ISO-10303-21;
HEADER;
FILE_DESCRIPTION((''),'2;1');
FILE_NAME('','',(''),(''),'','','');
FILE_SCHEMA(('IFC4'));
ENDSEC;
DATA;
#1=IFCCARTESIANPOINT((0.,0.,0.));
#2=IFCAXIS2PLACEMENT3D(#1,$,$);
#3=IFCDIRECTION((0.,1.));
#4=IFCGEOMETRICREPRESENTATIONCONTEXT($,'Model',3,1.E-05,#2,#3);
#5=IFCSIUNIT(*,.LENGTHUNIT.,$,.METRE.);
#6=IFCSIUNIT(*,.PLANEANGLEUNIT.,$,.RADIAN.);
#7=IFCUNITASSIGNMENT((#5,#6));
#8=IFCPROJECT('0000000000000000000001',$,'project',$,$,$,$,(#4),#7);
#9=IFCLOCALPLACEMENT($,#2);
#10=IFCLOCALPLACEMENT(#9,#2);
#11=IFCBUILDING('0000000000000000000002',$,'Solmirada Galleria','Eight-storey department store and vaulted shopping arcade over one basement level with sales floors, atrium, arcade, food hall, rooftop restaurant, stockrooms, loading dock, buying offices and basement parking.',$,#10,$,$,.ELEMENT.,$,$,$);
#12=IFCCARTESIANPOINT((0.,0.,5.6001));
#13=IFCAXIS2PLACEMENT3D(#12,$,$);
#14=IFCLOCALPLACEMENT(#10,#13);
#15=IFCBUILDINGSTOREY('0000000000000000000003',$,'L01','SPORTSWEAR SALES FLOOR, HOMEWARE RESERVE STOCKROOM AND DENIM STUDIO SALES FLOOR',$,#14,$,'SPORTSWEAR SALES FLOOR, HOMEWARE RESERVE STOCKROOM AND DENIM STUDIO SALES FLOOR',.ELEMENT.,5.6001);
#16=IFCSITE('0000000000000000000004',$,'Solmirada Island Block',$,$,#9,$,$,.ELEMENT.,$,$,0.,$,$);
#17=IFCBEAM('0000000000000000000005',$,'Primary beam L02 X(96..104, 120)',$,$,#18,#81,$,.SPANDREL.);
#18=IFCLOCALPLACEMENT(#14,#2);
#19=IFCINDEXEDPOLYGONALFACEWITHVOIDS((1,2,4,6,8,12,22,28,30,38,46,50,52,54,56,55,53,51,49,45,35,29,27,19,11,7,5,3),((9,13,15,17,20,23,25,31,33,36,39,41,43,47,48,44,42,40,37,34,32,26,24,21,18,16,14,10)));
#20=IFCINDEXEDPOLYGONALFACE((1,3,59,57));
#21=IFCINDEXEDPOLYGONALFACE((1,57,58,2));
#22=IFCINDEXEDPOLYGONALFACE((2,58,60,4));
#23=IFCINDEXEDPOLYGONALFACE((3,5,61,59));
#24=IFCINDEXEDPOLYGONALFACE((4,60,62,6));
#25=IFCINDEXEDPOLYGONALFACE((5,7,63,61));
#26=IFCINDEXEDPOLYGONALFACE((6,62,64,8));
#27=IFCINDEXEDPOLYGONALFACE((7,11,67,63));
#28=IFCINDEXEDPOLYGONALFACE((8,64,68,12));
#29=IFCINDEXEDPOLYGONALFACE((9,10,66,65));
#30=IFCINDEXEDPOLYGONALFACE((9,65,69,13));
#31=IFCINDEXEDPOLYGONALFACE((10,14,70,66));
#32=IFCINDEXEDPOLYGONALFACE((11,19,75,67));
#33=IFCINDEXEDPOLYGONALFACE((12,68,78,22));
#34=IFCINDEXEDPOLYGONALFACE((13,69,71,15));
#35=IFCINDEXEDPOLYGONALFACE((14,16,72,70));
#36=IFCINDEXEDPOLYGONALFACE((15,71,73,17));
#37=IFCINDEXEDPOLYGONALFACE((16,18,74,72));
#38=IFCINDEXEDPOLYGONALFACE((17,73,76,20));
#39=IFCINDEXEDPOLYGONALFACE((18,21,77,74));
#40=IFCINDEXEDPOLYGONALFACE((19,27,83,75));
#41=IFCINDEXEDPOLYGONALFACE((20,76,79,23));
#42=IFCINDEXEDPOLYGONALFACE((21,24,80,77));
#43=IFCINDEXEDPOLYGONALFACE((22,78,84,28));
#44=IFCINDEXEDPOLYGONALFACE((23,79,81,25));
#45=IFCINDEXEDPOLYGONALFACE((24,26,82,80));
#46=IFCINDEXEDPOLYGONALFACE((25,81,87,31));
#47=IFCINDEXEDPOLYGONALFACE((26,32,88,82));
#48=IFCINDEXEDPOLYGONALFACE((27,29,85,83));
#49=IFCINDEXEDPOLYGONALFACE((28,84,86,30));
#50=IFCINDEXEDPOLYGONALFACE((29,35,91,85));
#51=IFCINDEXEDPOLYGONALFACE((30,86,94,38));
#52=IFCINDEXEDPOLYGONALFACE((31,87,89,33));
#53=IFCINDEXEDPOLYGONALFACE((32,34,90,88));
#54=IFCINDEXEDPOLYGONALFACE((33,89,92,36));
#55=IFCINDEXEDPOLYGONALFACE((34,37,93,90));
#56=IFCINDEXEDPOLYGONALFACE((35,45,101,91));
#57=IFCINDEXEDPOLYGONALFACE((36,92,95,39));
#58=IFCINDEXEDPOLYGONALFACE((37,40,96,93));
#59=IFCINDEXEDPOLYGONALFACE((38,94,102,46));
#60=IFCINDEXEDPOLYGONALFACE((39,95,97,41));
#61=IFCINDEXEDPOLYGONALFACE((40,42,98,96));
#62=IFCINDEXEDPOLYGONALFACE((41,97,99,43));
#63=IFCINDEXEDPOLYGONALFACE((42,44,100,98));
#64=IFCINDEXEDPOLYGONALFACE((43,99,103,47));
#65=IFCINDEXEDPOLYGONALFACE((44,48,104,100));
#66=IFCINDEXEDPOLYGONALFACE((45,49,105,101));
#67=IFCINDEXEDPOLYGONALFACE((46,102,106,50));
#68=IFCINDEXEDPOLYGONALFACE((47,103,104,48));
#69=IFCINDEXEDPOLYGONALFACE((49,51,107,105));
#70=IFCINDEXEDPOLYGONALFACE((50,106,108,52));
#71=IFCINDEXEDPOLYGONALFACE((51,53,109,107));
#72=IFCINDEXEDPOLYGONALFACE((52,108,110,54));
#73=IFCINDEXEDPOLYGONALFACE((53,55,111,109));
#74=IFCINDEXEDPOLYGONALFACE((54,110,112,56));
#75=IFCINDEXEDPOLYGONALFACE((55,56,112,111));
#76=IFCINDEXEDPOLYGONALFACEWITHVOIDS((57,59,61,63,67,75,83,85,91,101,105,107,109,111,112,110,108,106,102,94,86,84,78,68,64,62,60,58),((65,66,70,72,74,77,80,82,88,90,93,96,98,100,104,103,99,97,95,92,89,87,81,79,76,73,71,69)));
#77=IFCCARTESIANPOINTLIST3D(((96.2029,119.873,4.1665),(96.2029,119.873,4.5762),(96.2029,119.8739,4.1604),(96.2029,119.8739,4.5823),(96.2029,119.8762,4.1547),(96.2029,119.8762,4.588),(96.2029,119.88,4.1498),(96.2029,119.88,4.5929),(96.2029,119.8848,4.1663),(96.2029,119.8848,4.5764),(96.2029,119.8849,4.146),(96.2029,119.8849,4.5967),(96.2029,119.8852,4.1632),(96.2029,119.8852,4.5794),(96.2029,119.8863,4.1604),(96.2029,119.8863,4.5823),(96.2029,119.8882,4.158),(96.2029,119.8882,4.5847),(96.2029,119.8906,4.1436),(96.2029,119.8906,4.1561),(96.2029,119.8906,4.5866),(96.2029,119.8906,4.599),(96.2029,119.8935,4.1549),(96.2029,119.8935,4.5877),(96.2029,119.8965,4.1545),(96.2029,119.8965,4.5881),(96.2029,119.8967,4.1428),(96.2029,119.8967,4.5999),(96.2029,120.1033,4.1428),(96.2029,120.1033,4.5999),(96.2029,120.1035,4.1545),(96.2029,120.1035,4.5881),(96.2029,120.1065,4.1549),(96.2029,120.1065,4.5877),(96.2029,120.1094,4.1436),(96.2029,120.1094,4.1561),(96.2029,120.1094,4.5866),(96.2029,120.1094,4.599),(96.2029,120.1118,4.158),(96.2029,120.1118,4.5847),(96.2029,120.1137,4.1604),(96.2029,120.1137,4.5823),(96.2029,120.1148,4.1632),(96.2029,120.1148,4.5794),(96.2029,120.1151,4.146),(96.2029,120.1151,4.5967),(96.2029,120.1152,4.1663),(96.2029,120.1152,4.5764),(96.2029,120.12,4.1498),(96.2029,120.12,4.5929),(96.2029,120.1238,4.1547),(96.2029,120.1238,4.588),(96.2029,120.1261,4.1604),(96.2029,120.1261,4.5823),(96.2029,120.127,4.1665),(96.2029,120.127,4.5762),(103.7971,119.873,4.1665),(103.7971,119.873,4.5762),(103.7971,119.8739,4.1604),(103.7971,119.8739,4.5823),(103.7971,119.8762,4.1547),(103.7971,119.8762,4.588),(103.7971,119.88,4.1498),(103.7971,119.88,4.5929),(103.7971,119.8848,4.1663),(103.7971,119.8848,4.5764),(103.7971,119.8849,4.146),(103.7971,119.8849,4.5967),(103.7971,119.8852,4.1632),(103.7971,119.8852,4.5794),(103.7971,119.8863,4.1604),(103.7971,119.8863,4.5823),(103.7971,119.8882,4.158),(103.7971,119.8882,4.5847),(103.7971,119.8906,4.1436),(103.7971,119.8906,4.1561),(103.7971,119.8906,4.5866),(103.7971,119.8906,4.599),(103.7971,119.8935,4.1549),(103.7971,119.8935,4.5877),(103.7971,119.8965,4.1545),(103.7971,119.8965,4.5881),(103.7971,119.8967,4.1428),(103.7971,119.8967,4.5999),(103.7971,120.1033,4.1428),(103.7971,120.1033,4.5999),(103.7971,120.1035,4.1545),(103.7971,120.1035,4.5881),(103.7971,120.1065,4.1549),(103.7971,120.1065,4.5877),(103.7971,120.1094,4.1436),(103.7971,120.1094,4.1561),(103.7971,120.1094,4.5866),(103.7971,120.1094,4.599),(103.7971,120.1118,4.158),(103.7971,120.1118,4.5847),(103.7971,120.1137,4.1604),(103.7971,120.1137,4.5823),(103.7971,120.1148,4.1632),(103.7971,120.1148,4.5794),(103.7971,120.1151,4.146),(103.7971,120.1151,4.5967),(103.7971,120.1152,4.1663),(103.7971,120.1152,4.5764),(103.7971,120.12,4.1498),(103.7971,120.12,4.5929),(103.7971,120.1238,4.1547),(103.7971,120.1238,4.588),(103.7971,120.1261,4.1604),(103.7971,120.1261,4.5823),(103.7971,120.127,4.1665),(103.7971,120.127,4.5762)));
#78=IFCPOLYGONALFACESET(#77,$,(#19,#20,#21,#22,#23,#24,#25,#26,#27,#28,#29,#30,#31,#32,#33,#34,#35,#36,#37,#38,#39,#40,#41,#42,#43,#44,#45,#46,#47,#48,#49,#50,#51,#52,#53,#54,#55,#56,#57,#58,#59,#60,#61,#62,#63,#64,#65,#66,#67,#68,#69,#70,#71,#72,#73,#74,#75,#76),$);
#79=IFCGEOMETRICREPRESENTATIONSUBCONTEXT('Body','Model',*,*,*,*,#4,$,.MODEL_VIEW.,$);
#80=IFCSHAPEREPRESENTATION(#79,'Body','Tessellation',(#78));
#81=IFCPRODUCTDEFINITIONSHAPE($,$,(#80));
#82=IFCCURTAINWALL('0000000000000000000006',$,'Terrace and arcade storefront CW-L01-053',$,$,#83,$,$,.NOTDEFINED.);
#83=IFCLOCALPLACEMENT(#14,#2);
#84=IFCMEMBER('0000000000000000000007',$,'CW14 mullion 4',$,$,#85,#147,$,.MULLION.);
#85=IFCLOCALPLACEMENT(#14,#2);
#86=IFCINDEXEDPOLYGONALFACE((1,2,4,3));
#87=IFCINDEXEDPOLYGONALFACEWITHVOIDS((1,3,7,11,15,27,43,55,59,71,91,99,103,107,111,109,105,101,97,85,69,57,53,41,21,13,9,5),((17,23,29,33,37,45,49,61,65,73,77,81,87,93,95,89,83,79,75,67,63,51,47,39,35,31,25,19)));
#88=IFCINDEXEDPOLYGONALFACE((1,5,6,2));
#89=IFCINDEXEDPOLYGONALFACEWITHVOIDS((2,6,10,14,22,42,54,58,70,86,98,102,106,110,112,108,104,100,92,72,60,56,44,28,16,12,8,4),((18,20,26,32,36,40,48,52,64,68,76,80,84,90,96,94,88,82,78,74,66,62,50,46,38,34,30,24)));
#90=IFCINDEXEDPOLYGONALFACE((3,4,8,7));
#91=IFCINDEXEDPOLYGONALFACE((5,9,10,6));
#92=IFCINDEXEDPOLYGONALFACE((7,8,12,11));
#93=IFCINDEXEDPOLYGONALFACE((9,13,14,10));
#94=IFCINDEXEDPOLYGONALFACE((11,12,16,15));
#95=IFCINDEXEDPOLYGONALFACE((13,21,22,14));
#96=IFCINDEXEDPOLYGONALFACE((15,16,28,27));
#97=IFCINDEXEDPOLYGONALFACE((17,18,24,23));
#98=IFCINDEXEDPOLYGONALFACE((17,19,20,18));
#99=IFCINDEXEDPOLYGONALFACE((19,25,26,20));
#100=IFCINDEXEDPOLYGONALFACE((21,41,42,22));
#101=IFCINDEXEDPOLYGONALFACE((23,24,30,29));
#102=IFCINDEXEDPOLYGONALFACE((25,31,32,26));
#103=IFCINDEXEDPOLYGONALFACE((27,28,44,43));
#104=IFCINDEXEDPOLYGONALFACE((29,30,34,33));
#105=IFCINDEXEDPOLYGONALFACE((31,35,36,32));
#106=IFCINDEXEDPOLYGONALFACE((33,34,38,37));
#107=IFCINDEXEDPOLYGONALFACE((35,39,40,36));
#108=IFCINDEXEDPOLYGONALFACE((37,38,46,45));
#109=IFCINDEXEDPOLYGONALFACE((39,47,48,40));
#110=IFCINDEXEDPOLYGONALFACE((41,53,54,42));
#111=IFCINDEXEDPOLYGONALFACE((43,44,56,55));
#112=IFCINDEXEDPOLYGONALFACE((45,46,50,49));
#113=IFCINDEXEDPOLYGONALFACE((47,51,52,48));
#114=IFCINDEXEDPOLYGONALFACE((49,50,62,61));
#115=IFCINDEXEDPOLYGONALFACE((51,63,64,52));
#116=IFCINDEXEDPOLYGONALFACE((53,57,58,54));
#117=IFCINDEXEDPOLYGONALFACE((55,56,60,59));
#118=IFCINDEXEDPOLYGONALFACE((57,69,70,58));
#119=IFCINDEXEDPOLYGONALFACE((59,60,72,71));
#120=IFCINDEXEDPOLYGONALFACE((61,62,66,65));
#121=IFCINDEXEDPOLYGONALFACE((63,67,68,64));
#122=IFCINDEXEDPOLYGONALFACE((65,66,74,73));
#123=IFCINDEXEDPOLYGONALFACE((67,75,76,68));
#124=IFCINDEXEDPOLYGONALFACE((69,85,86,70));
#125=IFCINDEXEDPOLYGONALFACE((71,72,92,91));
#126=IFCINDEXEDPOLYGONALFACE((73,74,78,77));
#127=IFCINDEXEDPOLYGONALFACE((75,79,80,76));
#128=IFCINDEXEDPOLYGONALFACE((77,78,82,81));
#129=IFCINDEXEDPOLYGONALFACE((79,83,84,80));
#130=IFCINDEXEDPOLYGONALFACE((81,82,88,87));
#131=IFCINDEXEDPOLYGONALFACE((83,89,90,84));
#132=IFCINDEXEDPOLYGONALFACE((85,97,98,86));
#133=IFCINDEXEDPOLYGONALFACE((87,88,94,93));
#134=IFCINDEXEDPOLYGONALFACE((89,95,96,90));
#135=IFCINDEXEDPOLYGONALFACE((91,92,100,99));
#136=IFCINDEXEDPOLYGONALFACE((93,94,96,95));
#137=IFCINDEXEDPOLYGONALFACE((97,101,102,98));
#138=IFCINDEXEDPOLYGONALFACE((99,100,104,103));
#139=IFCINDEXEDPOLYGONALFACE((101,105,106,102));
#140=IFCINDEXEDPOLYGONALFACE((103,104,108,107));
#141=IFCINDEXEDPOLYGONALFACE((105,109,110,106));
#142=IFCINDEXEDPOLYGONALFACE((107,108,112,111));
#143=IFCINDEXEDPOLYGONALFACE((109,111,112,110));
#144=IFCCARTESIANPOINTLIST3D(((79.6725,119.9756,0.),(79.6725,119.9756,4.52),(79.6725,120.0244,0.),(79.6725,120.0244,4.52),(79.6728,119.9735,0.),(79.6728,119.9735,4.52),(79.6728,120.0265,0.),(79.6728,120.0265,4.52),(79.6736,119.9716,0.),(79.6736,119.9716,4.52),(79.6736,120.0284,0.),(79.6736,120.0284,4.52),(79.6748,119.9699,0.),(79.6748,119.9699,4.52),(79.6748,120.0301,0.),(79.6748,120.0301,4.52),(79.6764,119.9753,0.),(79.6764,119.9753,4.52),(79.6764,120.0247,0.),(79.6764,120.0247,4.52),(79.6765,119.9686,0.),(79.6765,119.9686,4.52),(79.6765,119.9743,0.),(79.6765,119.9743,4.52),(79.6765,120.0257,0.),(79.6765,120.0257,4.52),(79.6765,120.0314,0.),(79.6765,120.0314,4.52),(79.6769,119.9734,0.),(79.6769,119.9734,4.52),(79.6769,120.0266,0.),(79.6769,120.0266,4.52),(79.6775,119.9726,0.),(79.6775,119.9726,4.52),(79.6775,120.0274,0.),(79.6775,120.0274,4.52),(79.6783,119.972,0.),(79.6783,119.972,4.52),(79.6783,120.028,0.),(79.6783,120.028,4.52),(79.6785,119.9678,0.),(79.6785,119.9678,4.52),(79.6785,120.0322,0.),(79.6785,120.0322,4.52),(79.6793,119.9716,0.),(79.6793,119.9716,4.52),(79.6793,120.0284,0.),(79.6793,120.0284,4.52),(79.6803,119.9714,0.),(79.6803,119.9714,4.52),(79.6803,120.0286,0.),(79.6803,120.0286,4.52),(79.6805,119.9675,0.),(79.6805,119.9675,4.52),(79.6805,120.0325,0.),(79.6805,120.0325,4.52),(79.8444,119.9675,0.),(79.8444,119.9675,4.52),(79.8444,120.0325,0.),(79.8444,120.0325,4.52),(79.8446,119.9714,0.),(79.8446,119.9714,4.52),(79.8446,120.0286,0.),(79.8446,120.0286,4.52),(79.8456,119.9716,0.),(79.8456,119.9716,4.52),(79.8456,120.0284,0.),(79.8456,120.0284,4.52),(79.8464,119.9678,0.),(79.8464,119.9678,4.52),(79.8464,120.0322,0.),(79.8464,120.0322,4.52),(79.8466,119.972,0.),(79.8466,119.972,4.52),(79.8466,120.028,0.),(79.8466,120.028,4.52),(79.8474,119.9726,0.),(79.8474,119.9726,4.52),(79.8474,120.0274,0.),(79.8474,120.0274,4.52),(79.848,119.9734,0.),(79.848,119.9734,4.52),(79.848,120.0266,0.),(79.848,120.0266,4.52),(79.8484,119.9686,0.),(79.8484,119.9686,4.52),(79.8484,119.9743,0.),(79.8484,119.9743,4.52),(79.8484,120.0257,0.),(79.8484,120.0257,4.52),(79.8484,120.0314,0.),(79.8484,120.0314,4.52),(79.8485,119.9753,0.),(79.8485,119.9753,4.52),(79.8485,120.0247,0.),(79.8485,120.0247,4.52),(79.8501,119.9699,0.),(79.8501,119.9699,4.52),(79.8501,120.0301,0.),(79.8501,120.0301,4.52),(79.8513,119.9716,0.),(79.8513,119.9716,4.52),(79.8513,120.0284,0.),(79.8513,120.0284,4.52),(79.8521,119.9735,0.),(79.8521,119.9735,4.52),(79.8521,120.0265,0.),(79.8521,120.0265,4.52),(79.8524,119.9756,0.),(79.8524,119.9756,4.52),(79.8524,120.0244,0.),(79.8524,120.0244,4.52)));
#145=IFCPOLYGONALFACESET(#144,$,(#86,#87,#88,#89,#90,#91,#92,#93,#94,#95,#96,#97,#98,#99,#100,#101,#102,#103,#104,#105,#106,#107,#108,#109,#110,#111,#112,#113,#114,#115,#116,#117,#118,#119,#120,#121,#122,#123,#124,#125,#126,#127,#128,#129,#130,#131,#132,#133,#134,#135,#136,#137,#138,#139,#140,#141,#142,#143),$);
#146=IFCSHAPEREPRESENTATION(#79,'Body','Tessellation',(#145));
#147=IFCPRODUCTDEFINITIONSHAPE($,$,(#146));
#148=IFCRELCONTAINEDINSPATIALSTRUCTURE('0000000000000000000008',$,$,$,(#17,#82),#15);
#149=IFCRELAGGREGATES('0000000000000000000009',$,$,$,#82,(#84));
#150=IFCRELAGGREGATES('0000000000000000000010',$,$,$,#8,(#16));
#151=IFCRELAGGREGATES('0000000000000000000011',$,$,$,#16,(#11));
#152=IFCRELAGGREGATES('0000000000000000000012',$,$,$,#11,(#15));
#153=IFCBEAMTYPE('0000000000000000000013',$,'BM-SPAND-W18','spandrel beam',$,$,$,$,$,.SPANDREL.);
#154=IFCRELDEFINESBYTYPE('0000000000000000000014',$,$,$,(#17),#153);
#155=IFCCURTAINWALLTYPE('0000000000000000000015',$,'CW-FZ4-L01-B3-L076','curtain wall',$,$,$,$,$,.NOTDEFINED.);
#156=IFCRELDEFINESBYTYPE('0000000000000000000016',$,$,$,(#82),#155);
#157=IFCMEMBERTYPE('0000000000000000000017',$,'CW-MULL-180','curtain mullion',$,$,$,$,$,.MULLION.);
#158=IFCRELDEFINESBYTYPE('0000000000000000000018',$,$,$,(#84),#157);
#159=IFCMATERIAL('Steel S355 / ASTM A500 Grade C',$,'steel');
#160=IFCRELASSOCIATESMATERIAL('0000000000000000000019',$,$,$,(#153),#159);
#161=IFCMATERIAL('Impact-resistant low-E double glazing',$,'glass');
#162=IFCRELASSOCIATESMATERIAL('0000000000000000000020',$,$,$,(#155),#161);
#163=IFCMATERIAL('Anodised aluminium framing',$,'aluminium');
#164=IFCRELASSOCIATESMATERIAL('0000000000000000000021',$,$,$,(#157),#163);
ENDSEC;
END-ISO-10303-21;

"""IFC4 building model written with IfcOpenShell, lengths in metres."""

from ifc_helpers import new_model, si_unit, direction, frame, origin, origin_2d, place, context, subcontext, project, spatial, hollow_rectangle, extrude, material, material_profile, profile_set, type_object, element, aggregate, save


model = new_model("IFC4")

# Units and contexts
model_context = context("Model", 3, precision=1e-05, world=origin(), true_north=direction((0.0, 1.0)))
body_context = subcontext(model_context, "Body", "Model", "MODEL_VIEW")
ifc_project = project(units=[si_unit("LENGTHUNIT", "METRE"), si_unit("PLANEANGLEUNIT", "RADIAN")], contexts=[model_context])

# Site, building, storey
site_placement = place(None, origin())
site = spatial("IfcSite", under=ifc_project, at=site_placement, Name="Solmirada Island Block", CompositionType="ELEMENT", RefElevation=0.0)
building_placement = place(site_placement, origin())
building = spatial("IfcBuilding", under=site, at=building_placement, Name="Solmirada Galleria", Description="Eight-storey department store and vaulted shopping arcade over one basement level with sales floors, atrium, arcade, food hall, rooftop restaurant, stockrooms, loading dock, buying offices and basement parking.", CompositionType="ELEMENT")
storey_placement = place(building_placement, frame((0.0, 0.0, 5.6001)))
storey = spatial("IfcBuildingStorey", under=building, at=storey_placement, Name="L01", Description="SPORTSWEAR SALES FLOOR, HOMEWARE RESERVE STOCKROOM AND DENIM STUDIO SALES FLOOR", LongName="SPORTSWEAR SALES FLOOR, HOMEWARE RESERVE STOCKROOM AND DENIM STUDIO SALES FLOOR", CompositionType="ELEMENT", Elevation=5.6001)

# Shared definitions
ifc_material_1 = material(Name="Steel S355 / ASTM A500 Grade C", Category="steel")

# Beam
ifc_material_profile_1 = material_profile(ifc_material_1, hollow_rectangle(XDim=0.2539, YDim=0.457, WallThickness=0.0117, InnerFilletRadius=0.0117, OuterFilletRadius=0.0237, at=origin_2d()), Name="HSS18X10X1/2")
ifc_profile_set_1 = profile_set([ifc_material_profile_1], Name="Steel S355 / ASTM A500 Grade C")
beam_type = type_object("IfcBeamType", Name="BM-SPAND-W18", Description="spandrel beam", PredefinedType="SPANDREL", material=ifc_profile_set_1)
for number, where, z_axis, x_axis, name in (
    (1, (96.2029, 120.0, 4.3713), (1.0, 0.0, 0.0), (0.0, 1.0, 0.0), "Primary beam L02 X(96..104, 120)"),
):
    element("IfcBeam", number, at=place(storey_placement, frame(where, z_axis=z_axis, x_axis=x_axis)), inside=storey, type_object=beam_type, Name=name, PredefinedType="SPANDREL", context=body_context, shape_type="SweptSolid", body=[
        extrude(hollow_rectangle(XDim=0.2539, YDim=0.457, WallThickness=0.0117, InnerFilletRadius=0.0117, OuterFilletRadius=0.0237, at=origin_2d()), origin(), (0.0, 0.0, 1.0), 7.5942),
    ])

# Curtain wall, member
ifc_material_2 = material(Name="Impact-resistant low-E double glazing", Category="glass")
curtain_wall_type = type_object("IfcCurtainWallType", Name="CW-FZ4-L01-B3-L076", Description="curtain wall", PredefinedType="NOTDEFINED", material=ifc_material_2)
curtain_wall_1_placement = place(storey_placement, origin())
curtain_wall_1 = element("IfcCurtainWall", 2, at=curtain_wall_1_placement, inside=storey, type_object=curtain_wall_type, Name="Terrace and arcade storefront CW-L01-053", PredefinedType="NOTDEFINED")
ifc_material_3 = material(Name="Anodised aluminium framing", Category="aluminium")
ifc_material_profile_2 = material_profile(ifc_material_3, hollow_rectangle(XDim=0.0649, YDim=0.1799, WallThickness=0.0039, InnerFilletRadius=0.0039, OuterFilletRadius=0.0081, at=origin_2d()), Name="ALU-MULL-180X65")
ifc_profile_set_2 = profile_set([ifc_material_profile_2], Name="Anodised aluminium framing")
member_type_1 = type_object("IfcMemberType", Name="CW-MULL-180", Description="curtain mullion", PredefinedType="MULLION", material=ifc_profile_set_2)
member_1_placement = place(storey_placement, frame((79.7625, 120.0, 0.0), z_axis=(0.0, 0.0, 1.0), x_axis=(0.0, 1.0, 0.0)))
member_1 = element("IfcMember", 3, at=member_1_placement, type_object=member_type_1, Name="CW14 mullion 4", PredefinedType="MULLION", context=body_context, shape_type="SweptSolid", body=[
    extrude(hollow_rectangle(XDim=0.0649, YDim=0.1799, WallThickness=0.0039, InnerFilletRadius=0.0039, OuterFilletRadius=0.0081, at=origin_2d()), origin(), (0.0, 0.0, 1.0), 4.52),
])
aggregate(curtain_wall_1, [member_1])

save(model, "model.ifc")
